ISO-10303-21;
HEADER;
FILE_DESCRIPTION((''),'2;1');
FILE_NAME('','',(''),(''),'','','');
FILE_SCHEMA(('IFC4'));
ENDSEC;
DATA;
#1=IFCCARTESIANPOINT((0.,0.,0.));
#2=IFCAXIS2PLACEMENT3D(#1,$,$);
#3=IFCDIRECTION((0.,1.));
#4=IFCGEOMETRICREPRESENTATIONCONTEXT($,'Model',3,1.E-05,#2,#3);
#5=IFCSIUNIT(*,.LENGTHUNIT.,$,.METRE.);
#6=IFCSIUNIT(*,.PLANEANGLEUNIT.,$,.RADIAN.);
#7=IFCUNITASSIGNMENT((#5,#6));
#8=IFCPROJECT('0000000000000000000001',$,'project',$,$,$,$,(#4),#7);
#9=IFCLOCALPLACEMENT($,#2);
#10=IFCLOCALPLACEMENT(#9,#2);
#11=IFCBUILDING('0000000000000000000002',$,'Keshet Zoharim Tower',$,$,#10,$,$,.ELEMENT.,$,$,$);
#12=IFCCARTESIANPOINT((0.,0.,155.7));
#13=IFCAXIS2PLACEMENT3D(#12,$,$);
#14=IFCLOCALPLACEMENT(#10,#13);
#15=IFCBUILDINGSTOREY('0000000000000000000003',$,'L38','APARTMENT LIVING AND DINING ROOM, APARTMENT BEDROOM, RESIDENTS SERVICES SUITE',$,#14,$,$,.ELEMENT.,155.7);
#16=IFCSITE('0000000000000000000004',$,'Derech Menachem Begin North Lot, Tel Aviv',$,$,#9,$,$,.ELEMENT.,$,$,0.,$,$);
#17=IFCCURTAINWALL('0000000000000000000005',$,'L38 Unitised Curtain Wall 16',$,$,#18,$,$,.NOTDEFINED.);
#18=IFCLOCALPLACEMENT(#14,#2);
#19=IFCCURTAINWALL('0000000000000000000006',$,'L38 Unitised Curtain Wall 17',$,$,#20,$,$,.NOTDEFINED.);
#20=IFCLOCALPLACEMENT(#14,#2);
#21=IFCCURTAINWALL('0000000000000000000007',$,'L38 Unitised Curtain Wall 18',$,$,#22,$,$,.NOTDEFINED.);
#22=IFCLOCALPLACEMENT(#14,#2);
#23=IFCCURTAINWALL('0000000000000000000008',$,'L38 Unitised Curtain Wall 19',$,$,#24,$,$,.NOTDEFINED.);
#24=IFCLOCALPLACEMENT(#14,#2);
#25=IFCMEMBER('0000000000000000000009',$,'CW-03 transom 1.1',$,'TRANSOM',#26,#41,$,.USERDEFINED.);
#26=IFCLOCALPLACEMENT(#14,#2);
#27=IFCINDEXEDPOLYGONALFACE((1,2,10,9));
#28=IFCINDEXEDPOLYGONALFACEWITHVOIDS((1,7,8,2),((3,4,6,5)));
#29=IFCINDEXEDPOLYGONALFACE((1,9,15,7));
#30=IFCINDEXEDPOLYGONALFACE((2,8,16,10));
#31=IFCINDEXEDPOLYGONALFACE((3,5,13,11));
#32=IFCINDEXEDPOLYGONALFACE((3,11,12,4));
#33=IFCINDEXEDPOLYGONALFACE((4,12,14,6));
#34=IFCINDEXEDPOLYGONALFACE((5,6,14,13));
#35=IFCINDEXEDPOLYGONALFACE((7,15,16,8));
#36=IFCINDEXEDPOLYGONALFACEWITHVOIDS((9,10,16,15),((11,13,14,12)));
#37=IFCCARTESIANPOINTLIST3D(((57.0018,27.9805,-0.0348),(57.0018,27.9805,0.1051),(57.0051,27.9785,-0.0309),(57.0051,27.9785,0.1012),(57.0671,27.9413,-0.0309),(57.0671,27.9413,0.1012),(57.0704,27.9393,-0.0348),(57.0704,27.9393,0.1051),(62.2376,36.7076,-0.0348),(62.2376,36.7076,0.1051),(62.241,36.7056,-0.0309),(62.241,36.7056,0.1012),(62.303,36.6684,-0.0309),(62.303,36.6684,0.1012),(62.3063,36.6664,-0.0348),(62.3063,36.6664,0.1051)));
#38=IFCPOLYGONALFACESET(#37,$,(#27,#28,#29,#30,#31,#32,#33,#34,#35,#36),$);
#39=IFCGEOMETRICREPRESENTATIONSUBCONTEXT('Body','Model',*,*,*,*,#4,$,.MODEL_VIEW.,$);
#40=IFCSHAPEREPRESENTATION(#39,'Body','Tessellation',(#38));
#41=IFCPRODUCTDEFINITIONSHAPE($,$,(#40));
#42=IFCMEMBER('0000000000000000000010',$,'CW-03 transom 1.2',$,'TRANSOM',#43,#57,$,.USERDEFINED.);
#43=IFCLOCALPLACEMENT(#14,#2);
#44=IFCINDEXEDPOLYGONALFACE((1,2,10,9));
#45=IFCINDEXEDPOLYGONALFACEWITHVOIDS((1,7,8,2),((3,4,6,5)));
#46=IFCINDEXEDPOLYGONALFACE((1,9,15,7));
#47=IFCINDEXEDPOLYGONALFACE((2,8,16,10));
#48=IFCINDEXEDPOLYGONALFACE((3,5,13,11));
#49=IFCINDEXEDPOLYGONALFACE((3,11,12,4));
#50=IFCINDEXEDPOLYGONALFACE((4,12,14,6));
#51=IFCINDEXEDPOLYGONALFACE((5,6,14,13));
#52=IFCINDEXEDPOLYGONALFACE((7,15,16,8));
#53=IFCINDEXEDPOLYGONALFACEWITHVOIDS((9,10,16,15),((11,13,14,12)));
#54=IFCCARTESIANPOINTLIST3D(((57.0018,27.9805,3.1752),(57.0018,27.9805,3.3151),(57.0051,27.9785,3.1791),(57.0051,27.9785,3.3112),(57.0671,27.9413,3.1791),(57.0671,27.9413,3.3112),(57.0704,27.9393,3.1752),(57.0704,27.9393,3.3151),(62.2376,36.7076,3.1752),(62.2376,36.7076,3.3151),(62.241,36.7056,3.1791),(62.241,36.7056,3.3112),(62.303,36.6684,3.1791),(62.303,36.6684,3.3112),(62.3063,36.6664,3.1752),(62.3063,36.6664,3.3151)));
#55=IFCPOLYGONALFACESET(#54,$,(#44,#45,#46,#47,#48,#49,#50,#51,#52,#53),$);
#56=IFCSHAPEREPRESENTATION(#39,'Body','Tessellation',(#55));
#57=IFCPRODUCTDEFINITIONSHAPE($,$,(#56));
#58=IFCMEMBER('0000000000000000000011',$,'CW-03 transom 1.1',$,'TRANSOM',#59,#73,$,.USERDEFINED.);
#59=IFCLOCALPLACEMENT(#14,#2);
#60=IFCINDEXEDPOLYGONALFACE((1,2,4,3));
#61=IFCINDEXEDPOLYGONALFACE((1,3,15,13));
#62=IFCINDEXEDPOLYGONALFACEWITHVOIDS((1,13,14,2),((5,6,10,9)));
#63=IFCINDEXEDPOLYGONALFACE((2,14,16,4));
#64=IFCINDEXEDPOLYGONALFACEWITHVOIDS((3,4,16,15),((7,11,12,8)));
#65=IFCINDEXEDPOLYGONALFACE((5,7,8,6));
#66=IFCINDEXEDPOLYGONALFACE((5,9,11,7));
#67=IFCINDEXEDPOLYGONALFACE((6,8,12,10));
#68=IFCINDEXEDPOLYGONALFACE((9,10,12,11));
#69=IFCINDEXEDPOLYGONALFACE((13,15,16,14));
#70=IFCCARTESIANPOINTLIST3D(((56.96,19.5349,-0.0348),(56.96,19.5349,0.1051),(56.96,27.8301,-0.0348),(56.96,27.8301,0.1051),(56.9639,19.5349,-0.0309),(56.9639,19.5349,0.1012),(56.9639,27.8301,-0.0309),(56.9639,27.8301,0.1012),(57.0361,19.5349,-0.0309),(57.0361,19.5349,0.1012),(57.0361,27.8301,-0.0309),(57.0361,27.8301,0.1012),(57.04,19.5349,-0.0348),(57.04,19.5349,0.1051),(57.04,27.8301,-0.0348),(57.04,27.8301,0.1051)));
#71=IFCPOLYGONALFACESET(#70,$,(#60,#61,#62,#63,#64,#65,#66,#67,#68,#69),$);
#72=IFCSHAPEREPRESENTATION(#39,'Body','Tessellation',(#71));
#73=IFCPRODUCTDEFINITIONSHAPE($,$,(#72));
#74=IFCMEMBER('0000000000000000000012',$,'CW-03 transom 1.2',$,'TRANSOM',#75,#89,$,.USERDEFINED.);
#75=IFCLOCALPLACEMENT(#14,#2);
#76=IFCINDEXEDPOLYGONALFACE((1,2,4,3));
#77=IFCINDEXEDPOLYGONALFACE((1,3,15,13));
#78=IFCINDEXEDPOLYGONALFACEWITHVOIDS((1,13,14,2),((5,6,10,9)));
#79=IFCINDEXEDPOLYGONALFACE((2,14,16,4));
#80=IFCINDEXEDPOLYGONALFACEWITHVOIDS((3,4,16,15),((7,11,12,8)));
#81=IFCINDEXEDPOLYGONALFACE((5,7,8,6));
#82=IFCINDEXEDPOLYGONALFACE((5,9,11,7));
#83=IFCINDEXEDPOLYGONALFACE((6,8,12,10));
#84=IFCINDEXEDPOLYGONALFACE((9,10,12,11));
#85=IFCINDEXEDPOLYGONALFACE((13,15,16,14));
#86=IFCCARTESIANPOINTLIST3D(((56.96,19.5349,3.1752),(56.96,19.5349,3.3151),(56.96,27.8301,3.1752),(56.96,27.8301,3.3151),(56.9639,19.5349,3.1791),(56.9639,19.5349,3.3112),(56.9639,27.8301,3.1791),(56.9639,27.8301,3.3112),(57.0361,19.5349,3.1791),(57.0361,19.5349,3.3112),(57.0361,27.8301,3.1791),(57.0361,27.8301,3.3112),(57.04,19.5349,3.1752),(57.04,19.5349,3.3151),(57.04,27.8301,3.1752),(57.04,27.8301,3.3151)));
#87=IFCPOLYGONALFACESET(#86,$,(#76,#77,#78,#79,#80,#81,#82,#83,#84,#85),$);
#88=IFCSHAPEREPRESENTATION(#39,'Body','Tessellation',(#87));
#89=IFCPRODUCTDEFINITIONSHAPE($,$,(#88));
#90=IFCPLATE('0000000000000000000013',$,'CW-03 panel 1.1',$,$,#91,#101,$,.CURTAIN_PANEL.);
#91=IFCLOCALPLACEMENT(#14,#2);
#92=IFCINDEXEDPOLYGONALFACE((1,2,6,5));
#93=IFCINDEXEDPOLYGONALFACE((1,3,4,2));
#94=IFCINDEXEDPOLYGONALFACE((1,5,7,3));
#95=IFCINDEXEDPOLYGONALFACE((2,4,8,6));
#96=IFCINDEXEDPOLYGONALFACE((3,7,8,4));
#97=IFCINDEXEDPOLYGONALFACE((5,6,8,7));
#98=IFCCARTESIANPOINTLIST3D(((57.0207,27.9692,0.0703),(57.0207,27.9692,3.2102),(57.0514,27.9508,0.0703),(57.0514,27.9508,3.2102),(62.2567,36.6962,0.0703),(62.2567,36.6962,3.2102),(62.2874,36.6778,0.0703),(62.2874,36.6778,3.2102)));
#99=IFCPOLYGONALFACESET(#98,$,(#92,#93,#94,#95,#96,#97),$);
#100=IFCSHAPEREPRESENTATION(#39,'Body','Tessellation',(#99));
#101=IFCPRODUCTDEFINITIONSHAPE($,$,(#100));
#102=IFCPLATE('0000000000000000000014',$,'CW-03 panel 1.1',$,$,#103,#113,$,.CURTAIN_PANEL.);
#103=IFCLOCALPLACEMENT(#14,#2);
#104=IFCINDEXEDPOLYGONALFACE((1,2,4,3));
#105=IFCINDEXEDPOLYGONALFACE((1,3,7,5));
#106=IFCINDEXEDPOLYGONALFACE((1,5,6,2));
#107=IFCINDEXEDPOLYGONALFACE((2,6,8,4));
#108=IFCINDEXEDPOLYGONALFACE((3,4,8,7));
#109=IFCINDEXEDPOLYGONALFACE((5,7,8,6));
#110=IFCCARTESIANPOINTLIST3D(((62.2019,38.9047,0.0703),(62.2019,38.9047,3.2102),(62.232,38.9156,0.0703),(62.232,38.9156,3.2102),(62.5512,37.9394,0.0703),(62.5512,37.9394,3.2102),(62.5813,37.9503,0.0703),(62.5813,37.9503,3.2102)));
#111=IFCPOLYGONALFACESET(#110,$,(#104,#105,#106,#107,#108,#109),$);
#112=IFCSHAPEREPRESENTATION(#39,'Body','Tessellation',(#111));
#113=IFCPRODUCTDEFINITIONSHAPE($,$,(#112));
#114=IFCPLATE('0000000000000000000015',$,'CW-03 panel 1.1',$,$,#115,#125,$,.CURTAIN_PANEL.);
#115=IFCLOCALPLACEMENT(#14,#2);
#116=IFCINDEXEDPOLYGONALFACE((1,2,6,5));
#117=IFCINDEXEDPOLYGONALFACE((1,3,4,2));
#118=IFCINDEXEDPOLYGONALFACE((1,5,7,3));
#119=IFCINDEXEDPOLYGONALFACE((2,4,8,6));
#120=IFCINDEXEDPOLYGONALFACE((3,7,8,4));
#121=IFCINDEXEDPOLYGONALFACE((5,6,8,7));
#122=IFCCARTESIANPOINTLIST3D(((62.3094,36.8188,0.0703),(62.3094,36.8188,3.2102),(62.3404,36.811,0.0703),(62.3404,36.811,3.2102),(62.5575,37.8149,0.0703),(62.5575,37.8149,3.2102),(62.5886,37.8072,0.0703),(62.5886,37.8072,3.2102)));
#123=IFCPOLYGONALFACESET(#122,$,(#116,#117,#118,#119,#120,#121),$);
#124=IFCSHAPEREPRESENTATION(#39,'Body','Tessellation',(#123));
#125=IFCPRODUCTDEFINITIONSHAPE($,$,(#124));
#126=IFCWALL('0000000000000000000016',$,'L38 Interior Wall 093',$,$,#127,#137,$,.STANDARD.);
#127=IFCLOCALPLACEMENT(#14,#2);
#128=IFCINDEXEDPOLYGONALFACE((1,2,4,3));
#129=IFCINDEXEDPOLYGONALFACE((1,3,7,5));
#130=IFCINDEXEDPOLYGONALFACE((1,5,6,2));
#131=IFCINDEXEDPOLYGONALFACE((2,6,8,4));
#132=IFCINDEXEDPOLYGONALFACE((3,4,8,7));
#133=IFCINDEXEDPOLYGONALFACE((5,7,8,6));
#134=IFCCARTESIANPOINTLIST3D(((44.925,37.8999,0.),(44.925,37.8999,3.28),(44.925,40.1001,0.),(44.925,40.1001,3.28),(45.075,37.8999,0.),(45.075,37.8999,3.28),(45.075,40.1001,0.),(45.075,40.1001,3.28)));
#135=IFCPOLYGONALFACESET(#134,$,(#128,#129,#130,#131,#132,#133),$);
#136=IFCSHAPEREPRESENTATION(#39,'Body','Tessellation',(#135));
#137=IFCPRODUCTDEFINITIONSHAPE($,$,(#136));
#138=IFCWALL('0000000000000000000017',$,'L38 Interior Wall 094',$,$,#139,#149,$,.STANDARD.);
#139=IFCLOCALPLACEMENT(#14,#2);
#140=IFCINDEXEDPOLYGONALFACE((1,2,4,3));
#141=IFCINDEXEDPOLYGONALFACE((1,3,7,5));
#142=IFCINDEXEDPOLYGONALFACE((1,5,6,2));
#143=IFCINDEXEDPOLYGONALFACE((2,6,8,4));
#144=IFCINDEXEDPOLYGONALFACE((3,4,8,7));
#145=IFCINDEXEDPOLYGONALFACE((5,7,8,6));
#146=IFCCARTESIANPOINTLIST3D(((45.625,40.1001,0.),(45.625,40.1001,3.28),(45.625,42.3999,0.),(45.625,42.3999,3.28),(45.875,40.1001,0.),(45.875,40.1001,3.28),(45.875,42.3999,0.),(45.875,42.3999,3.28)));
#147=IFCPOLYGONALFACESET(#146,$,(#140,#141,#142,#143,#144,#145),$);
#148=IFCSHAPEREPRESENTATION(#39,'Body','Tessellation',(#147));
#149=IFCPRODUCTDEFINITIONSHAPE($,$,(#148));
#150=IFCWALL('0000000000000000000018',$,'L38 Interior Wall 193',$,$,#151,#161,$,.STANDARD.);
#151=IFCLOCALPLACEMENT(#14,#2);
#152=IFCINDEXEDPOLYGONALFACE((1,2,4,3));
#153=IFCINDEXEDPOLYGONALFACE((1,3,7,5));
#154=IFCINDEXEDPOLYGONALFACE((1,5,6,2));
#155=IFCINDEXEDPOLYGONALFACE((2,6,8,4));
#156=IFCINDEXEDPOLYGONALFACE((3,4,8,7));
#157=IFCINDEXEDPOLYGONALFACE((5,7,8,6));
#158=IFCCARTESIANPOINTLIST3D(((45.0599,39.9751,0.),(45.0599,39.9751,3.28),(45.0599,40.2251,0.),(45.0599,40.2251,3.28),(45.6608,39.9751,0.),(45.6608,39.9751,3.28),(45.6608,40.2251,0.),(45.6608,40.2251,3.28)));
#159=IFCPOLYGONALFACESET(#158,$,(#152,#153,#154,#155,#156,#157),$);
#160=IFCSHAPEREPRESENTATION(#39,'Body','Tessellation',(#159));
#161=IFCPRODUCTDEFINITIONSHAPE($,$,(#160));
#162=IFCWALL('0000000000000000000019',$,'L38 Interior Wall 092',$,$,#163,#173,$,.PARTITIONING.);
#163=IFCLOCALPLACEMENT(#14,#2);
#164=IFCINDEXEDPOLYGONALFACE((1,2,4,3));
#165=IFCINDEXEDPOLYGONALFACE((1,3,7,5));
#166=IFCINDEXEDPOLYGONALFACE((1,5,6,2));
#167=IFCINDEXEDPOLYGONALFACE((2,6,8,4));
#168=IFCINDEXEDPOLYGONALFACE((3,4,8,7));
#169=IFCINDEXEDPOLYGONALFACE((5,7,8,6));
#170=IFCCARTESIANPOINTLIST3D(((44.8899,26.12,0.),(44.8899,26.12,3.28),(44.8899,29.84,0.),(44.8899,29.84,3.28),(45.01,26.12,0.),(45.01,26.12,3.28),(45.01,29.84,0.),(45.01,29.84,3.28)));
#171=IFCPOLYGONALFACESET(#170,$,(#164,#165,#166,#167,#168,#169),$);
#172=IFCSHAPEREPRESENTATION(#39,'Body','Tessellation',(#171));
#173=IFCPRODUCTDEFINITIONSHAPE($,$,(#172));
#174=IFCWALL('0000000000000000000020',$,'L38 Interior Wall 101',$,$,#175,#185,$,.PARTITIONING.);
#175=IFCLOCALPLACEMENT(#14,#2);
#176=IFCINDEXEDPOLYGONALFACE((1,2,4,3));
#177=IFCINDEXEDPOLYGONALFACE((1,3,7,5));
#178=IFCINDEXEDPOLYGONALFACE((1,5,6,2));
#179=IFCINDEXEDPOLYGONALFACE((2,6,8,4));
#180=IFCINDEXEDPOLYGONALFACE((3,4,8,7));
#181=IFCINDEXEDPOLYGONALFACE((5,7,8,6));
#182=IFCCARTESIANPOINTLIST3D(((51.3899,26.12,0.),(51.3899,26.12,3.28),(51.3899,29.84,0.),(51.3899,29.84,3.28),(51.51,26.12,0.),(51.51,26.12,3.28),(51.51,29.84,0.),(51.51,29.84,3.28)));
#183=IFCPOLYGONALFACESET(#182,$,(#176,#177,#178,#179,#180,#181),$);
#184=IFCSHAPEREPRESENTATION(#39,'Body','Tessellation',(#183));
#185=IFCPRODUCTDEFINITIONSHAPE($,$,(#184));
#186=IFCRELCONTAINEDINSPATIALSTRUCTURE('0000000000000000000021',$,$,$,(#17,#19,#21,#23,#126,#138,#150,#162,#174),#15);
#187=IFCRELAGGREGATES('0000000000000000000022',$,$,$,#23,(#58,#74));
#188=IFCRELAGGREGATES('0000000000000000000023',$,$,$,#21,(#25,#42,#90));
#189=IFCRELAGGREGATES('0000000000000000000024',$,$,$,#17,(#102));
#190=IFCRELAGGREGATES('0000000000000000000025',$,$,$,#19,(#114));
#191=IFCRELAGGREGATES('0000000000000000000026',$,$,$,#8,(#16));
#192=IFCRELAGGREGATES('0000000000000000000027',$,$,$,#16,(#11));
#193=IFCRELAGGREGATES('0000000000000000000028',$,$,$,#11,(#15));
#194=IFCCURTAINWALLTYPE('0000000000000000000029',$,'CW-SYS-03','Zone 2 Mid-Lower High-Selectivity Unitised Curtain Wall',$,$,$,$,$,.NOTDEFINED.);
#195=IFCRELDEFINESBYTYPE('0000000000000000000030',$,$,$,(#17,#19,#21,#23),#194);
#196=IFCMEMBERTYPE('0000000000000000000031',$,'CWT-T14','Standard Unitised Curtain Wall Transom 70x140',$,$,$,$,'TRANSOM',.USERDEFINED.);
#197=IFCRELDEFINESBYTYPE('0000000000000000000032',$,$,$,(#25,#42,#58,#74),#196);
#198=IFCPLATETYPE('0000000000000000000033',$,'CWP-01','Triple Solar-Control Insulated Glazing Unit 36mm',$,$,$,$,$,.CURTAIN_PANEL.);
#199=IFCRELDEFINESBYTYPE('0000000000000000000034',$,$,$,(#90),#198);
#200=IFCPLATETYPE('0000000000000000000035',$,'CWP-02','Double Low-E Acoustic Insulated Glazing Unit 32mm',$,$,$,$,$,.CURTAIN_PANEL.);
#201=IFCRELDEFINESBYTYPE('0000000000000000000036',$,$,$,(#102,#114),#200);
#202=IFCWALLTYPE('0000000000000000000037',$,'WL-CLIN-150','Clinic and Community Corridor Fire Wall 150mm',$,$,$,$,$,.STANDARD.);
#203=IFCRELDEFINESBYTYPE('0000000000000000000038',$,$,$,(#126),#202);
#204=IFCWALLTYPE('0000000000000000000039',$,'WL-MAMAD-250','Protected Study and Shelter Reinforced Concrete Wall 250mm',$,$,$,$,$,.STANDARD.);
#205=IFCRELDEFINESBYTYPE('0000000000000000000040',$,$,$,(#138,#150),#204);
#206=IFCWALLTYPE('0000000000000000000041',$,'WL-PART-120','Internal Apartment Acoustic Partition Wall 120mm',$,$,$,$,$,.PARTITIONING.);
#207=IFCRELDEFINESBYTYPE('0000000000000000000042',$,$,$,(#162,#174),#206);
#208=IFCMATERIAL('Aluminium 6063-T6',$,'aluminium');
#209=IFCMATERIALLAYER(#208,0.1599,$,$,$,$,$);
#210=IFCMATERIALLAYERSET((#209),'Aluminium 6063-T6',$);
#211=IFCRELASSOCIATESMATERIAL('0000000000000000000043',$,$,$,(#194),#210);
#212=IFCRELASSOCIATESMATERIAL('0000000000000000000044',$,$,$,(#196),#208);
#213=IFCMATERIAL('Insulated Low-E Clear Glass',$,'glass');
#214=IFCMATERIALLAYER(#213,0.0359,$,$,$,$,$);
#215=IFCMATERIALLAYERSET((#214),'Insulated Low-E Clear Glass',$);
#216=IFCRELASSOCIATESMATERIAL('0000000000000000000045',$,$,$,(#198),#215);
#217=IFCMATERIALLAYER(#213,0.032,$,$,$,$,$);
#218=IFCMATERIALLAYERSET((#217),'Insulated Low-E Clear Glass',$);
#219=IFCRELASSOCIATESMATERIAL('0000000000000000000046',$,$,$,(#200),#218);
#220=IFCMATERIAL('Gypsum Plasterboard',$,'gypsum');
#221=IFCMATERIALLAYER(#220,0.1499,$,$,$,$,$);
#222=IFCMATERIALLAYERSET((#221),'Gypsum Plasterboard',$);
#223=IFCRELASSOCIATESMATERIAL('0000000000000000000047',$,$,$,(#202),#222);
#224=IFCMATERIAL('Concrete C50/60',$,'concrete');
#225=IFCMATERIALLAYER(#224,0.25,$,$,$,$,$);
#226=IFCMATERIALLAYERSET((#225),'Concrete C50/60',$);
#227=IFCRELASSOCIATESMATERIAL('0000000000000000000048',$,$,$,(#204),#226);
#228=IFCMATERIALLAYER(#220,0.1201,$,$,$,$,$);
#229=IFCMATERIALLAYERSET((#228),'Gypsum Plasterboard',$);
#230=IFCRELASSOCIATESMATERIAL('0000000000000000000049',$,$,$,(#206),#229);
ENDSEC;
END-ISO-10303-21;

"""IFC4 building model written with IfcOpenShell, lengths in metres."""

from ifc_helpers import new_model, si_unit, direction, frame, frame_2d, origin, origin_2d, place, context, subcontext, project, spatial, rectangle, hollow_rectangle, extrude, material, layer, layer_set, material_profile, profile_set, type_object, element, aggregate, save


model = new_model("IFC4")

# Units and contexts
model_context = context("Model", 3, precision=1e-05, world=origin(), true_north=direction((0.0, 1.0)))
body_context = subcontext(model_context, "Body", "Model", "MODEL_VIEW")
ifc_project = project(units=[si_unit("LENGTHUNIT", "METRE"), si_unit("PLANEANGLEUNIT", "RADIAN")], contexts=[model_context])

# Site, building, storey
site_placement = place(None, origin())
site = spatial("IfcSite", under=ifc_project, at=site_placement, Name="Derech Menachem Begin North Lot, Tel Aviv", CompositionType="ELEMENT", RefElevation=0.0)
building_placement = place(site_placement, origin())
building = spatial("IfcBuilding", under=site, at=building_placement, Name="Keshet Zoharim Tower", CompositionType="ELEMENT")
storey_placement = place(building_placement, frame((0.0, 0.0, 155.7)))
storey = spatial("IfcBuildingStorey", under=building, at=storey_placement, Name="L38", Description="APARTMENT LIVING AND DINING ROOM, APARTMENT BEDROOM, RESIDENTS SERVICES SUITE", CompositionType="ELEMENT", Elevation=155.7)

# Shared definitions
ifc_material_1 = material(Name="Aluminium 6063-T6", Category="aluminium")
ifc_layer_1 = layer(ifc_material_1, 0.1599)
ifc_layer_set_1 = layer_set([ifc_layer_1], Name="Aluminium 6063-T6")
curtain_wall_type = type_object("IfcCurtainWallType", Name="CW-SYS-03", Description="Zone 2 Mid-Lower High-Selectivity Unitised Curtain Wall", PredefinedType="NOTDEFINED", material=ifc_layer_set_1)

# Curtain walls
curtain_wall_1_placement = place(storey_placement, origin())
curtain_wall_1 = element("IfcCurtainWall", 1, at=curtain_wall_1_placement, inside=storey, type_object=curtain_wall_type, Name="L38 Unitised Curtain Wall 16", PredefinedType="NOTDEFINED")
curtain_wall_2_placement = place(storey_placement, origin())
curtain_wall_2 = element("IfcCurtainWall", 2, at=curtain_wall_2_placement, inside=storey, type_object=curtain_wall_type, Name="L38 Unitised Curtain Wall 17", PredefinedType="NOTDEFINED")
curtain_wall_3_placement = place(storey_placement, origin())
curtain_wall_3 = element("IfcCurtainWall", 3, at=curtain_wall_3_placement, inside=storey, type_object=curtain_wall_type, Name="L38 Unitised Curtain Wall 18", PredefinedType="NOTDEFINED")

# Curtain wall
curtain_wall_4_placement = place(storey_placement, origin())
curtain_wall_4 = element("IfcCurtainWall", 4, at=curtain_wall_4_placement, inside=storey, type_object=curtain_wall_type, Name="L38 Unitised Curtain Wall 19", PredefinedType="NOTDEFINED")

# Members
ifc_material_profile_1 = material_profile(ifc_material_1, hollow_rectangle(XDim=0.0801, YDim=0.1399, WallThickness=0.0039, at=origin_2d()), Name="TRN-80x140")
ifc_profile_set_1 = profile_set([ifc_material_profile_1], Name="Aluminium 6063-T6")
member_type_1 = type_object("IfcMemberType", Name="CWT-T14", Description="Standard Unitised Curtain Wall Transom 70x140", ElementType="TRANSOM", PredefinedType="USERDEFINED", material=ifc_profile_set_1)
member_1_placement = place(storey_placement, frame((62.272, 36.687, 0.0352), z_axis=(-0.514468, -0.85751, 0.0), x_axis=(0.85751, -0.514468, 0.0)))
member_1 = element("IfcMember", 5, at=member_1_placement, type_object=member_type_1, Name="CW-03 transom 1.1", ObjectType="TRANSOM", PredefinedType="USERDEFINED", context=body_context, shape_type="SweptSolid", body=[
    extrude(hollow_rectangle(XDim=0.0801, YDim=0.1399, WallThickness=0.0039, at=origin_2d()), origin(), (0.0, 0.0, 1.0), 10.1772),
])
member_2_placement = place(storey_placement, frame((62.272, 36.687, 3.2451), z_axis=(-0.514468, -0.85751, 0.0), x_axis=(0.85751, -0.514468, 0.0)))
member_2 = element("IfcMember", 6, at=member_2_placement, type_object=member_type_1, Name="CW-03 transom 1.2", ObjectType="TRANSOM", PredefinedType="USERDEFINED", context=body_context, shape_type="SweptSolid", body=[
    extrude(hollow_rectangle(XDim=0.0801, YDim=0.1399, WallThickness=0.0039, at=origin_2d()), origin(), (0.0, 0.0, 1.0), 10.1772),
])
member_3_placement = place(storey_placement, frame((57.0, 27.8301, 0.0352), z_axis=(0.0, -1.0, 0.0), x_axis=(1.0, 0.0, 0.0)))
member_3 = element("IfcMember", 7, at=member_3_placement, type_object=member_type_1, Name="CW-03 transom 1.1", ObjectType="TRANSOM", PredefinedType="USERDEFINED", context=body_context, shape_type="SweptSolid", body=[
    extrude(hollow_rectangle(XDim=0.0801, YDim=0.1399, WallThickness=0.0039, at=origin_2d()), origin(), (0.0, 0.0, 1.0), 8.2952),
])
member_4_placement = place(storey_placement, frame((57.0, 27.8301, 3.2451), z_axis=(0.0, -1.0, 0.0), x_axis=(1.0, 0.0, 0.0)))
member_4 = element("IfcMember", 8, at=member_4_placement, type_object=member_type_1, Name="CW-03 transom 1.2", ObjectType="TRANSOM", PredefinedType="USERDEFINED", context=body_context, shape_type="SweptSolid", body=[
    extrude(hollow_rectangle(XDim=0.0801, YDim=0.1399, WallThickness=0.0039, at=origin_2d()), origin(), (0.0, 0.0, 1.0), 8.2952),
])
aggregate(curtain_wall_4, [member_3, member_4])

# Plates
ifc_material_2 = material(Name="Insulated Low-E Clear Glass", Category="glass")
ifc_layer_2 = layer(ifc_material_2, 0.0359)
ifc_layer_set_2 = layer_set([ifc_layer_2], Name="Insulated Low-E Clear Glass")
plate_type_1 = type_object("IfcPlateType", Name="CWP-01", Description="Triple Solar-Control Insulated Glazing Unit 36mm", PredefinedType="CURTAIN_PANEL", material=ifc_layer_set_2)
plate_1_placement = place(storey_placement, frame((59.6541, 32.3235, 0.0703), z_axis=(0.0, 0.0, 1.0), x_axis=(-0.514482, -0.857501, 0.0)))
plate_1 = element("IfcPlate", 9, at=plate_1_placement, type_object=plate_type_1, Name="CW-03 panel 1.1", PredefinedType="CURTAIN_PANEL", context=body_context, shape_type="SweptSolid", body=[
    extrude(rectangle(XDim=10.1772, YDim=0.0359, at=origin_2d()), origin(), (0.0, 0.0, 1.0), 3.1399),
])
aggregate(curtain_wall_3, [member_1, member_2, plate_1])
ifc_layer_3 = layer(ifc_material_2, 0.032)
ifc_layer_set_3 = layer_set([ifc_layer_3], Name="Insulated Low-E Clear Glass")
plate_type_2 = type_object("IfcPlateType", Name="CWP-02", Description="Double Low-E Acoustic Insulated Glazing Unit 32mm", PredefinedType="CURTAIN_PANEL", material=ifc_layer_set_3)
plate_2_placement = place(storey_placement, frame((62.3916, 38.4275, 0.0703), z_axis=(0.0, 0.0, 1.0), x_axis=(0.340297, -0.940318, 0.0)))
plate_2 = element("IfcPlate", 10, at=plate_2_placement, type_object=plate_type_2, Name="CW-03 panel 1.1", PredefinedType="CURTAIN_PANEL", context=body_context, shape_type="SweptSolid", body=[
    extrude(rectangle(XDim=1.0266, YDim=0.032, at=origin_2d()), origin(), (0.0, 0.0, 1.0), 3.1399),
])
aggregate(curtain_wall_1, [plate_2])
plate_3_placement = place(storey_placement, frame((62.449, 37.313, 0.0703), z_axis=(0.0, 0.0, 1.0), x_axis=(-0.241729, -0.970344, 0.0)))
plate_3 = element("IfcPlate", 11, at=plate_3_placement, type_object=plate_type_2, Name="CW-03 panel 1.1", PredefinedType="CURTAIN_PANEL", context=body_context, shape_type="SweptSolid", body=[
    extrude(rectangle(XDim=1.0266, YDim=0.032, at=origin_2d()), origin(), (0.0, 0.0, 1.0), 3.1399),
])
aggregate(curtain_wall_2, [plate_3])

# Walls
ifc_material_3 = material(Name="Gypsum Plasterboard", Category="gypsum")
ifc_layer_4 = layer(ifc_material_3, 0.1499)
ifc_layer_set_4 = layer_set([ifc_layer_4], Name="Gypsum Plasterboard")
wall_type_1 = type_object("IfcWallType", Name="WL-CLIN-150", Description="Clinic and Community Corridor Fire Wall 150mm", PredefinedType="STANDARD", material=ifc_layer_set_4)
wall_1_placement = place(storey_placement, frame((45.0, 37.8999, 0.0), z_axis=(0.0, 0.0, 1.0), x_axis=(0.0, 1.0, 0.0)))
element("IfcWall", 12, at=wall_1_placement, inside=storey, type_object=wall_type_1, Name="L38 Interior Wall 093", PredefinedType="STANDARD", context=body_context, shape_type="SweptSolid", body=[
    extrude(rectangle(XDim=2.2002, YDim=0.1499, at=frame_2d((1.1001, 0.0))), origin(), (0.0, 0.0, 1.0), 3.28),
])
ifc_material_4 = material(Name="Concrete C50/60", Category="concrete")
ifc_layer_5 = layer(ifc_material_4, 0.25)
ifc_layer_set_5 = layer_set([ifc_layer_5], Name="Concrete C50/60")
wall_type_2 = type_object("IfcWallType", Name="WL-MAMAD-250", Description="Protected Study and Shelter Reinforced Concrete Wall 250mm", PredefinedType="STANDARD", material=ifc_layer_set_5)
wall_2_placement = place(storey_placement, frame((45.75, 40.1001, 0.0), z_axis=(0.0, 0.0, 1.0), x_axis=(0.0, 1.0, 0.0)))
element("IfcWall", 13, at=wall_2_placement, inside=storey, type_object=wall_type_2, Name="L38 Interior Wall 094", PredefinedType="STANDARD", context=body_context, shape_type="SweptSolid", body=[
    extrude(rectangle(XDim=2.2998, YDim=0.25, at=frame_2d((1.1499, 0.0))), origin(), (0.0, 0.0, 1.0), 3.28),
])
wall_3_placement = place(storey_placement, frame((45.0601, 40.1001, 0.0), z_axis=(0.0, 0.0, 1.0), x_axis=(1.0, 0.0, 0.0)))
element("IfcWall", 14, at=wall_3_placement, inside=storey, type_object=wall_type_2, Name="L38 Interior Wall 193", PredefinedType="STANDARD", context=body_context, shape_type="SweptSolid", body=[
    extrude(rectangle(XDim=0.6008, YDim=0.25, at=frame_2d((0.3003, 0.0))), origin(), (0.0, 0.0, 1.0), 3.28),
])
ifc_layer_6 = layer(ifc_material_3, 0.1201)
ifc_layer_set_6 = layer_set([ifc_layer_6], Name="Gypsum Plasterboard")
wall_type_3 = type_object("IfcWallType", Name="WL-PART-120", Description="Internal Apartment Acoustic Partition Wall 120mm", PredefinedType="PARTITIONING", material=ifc_layer_set_6)
for number, where, z_axis, x_axis, name in (
    (15, (44.95, 26.1201, 0.0), (0.0, 0.0, 1.0), (0.0, 1.0, 0.0), "L38 Interior Wall 092"),
    (16, (51.45, 26.1201, 0.0), (0.0, 0.0, 1.0), (0.0, 1.0, 0.0), "L38 Interior Wall 101"),
):
    element("IfcWall", number, at=place(storey_placement, frame(where, z_axis=z_axis, x_axis=x_axis)), inside=storey, type_object=wall_type_3, Name=name, PredefinedType="PARTITIONING", context=body_context, shape_type="SweptSolid", body=[
        extrude(rectangle(XDim=3.72, YDim=0.1201, at=frame_2d((1.8599, 0.0))), origin(), (0.0, 0.0, 1.0), 3.28),
    ])

save(model, "model.ifc")
